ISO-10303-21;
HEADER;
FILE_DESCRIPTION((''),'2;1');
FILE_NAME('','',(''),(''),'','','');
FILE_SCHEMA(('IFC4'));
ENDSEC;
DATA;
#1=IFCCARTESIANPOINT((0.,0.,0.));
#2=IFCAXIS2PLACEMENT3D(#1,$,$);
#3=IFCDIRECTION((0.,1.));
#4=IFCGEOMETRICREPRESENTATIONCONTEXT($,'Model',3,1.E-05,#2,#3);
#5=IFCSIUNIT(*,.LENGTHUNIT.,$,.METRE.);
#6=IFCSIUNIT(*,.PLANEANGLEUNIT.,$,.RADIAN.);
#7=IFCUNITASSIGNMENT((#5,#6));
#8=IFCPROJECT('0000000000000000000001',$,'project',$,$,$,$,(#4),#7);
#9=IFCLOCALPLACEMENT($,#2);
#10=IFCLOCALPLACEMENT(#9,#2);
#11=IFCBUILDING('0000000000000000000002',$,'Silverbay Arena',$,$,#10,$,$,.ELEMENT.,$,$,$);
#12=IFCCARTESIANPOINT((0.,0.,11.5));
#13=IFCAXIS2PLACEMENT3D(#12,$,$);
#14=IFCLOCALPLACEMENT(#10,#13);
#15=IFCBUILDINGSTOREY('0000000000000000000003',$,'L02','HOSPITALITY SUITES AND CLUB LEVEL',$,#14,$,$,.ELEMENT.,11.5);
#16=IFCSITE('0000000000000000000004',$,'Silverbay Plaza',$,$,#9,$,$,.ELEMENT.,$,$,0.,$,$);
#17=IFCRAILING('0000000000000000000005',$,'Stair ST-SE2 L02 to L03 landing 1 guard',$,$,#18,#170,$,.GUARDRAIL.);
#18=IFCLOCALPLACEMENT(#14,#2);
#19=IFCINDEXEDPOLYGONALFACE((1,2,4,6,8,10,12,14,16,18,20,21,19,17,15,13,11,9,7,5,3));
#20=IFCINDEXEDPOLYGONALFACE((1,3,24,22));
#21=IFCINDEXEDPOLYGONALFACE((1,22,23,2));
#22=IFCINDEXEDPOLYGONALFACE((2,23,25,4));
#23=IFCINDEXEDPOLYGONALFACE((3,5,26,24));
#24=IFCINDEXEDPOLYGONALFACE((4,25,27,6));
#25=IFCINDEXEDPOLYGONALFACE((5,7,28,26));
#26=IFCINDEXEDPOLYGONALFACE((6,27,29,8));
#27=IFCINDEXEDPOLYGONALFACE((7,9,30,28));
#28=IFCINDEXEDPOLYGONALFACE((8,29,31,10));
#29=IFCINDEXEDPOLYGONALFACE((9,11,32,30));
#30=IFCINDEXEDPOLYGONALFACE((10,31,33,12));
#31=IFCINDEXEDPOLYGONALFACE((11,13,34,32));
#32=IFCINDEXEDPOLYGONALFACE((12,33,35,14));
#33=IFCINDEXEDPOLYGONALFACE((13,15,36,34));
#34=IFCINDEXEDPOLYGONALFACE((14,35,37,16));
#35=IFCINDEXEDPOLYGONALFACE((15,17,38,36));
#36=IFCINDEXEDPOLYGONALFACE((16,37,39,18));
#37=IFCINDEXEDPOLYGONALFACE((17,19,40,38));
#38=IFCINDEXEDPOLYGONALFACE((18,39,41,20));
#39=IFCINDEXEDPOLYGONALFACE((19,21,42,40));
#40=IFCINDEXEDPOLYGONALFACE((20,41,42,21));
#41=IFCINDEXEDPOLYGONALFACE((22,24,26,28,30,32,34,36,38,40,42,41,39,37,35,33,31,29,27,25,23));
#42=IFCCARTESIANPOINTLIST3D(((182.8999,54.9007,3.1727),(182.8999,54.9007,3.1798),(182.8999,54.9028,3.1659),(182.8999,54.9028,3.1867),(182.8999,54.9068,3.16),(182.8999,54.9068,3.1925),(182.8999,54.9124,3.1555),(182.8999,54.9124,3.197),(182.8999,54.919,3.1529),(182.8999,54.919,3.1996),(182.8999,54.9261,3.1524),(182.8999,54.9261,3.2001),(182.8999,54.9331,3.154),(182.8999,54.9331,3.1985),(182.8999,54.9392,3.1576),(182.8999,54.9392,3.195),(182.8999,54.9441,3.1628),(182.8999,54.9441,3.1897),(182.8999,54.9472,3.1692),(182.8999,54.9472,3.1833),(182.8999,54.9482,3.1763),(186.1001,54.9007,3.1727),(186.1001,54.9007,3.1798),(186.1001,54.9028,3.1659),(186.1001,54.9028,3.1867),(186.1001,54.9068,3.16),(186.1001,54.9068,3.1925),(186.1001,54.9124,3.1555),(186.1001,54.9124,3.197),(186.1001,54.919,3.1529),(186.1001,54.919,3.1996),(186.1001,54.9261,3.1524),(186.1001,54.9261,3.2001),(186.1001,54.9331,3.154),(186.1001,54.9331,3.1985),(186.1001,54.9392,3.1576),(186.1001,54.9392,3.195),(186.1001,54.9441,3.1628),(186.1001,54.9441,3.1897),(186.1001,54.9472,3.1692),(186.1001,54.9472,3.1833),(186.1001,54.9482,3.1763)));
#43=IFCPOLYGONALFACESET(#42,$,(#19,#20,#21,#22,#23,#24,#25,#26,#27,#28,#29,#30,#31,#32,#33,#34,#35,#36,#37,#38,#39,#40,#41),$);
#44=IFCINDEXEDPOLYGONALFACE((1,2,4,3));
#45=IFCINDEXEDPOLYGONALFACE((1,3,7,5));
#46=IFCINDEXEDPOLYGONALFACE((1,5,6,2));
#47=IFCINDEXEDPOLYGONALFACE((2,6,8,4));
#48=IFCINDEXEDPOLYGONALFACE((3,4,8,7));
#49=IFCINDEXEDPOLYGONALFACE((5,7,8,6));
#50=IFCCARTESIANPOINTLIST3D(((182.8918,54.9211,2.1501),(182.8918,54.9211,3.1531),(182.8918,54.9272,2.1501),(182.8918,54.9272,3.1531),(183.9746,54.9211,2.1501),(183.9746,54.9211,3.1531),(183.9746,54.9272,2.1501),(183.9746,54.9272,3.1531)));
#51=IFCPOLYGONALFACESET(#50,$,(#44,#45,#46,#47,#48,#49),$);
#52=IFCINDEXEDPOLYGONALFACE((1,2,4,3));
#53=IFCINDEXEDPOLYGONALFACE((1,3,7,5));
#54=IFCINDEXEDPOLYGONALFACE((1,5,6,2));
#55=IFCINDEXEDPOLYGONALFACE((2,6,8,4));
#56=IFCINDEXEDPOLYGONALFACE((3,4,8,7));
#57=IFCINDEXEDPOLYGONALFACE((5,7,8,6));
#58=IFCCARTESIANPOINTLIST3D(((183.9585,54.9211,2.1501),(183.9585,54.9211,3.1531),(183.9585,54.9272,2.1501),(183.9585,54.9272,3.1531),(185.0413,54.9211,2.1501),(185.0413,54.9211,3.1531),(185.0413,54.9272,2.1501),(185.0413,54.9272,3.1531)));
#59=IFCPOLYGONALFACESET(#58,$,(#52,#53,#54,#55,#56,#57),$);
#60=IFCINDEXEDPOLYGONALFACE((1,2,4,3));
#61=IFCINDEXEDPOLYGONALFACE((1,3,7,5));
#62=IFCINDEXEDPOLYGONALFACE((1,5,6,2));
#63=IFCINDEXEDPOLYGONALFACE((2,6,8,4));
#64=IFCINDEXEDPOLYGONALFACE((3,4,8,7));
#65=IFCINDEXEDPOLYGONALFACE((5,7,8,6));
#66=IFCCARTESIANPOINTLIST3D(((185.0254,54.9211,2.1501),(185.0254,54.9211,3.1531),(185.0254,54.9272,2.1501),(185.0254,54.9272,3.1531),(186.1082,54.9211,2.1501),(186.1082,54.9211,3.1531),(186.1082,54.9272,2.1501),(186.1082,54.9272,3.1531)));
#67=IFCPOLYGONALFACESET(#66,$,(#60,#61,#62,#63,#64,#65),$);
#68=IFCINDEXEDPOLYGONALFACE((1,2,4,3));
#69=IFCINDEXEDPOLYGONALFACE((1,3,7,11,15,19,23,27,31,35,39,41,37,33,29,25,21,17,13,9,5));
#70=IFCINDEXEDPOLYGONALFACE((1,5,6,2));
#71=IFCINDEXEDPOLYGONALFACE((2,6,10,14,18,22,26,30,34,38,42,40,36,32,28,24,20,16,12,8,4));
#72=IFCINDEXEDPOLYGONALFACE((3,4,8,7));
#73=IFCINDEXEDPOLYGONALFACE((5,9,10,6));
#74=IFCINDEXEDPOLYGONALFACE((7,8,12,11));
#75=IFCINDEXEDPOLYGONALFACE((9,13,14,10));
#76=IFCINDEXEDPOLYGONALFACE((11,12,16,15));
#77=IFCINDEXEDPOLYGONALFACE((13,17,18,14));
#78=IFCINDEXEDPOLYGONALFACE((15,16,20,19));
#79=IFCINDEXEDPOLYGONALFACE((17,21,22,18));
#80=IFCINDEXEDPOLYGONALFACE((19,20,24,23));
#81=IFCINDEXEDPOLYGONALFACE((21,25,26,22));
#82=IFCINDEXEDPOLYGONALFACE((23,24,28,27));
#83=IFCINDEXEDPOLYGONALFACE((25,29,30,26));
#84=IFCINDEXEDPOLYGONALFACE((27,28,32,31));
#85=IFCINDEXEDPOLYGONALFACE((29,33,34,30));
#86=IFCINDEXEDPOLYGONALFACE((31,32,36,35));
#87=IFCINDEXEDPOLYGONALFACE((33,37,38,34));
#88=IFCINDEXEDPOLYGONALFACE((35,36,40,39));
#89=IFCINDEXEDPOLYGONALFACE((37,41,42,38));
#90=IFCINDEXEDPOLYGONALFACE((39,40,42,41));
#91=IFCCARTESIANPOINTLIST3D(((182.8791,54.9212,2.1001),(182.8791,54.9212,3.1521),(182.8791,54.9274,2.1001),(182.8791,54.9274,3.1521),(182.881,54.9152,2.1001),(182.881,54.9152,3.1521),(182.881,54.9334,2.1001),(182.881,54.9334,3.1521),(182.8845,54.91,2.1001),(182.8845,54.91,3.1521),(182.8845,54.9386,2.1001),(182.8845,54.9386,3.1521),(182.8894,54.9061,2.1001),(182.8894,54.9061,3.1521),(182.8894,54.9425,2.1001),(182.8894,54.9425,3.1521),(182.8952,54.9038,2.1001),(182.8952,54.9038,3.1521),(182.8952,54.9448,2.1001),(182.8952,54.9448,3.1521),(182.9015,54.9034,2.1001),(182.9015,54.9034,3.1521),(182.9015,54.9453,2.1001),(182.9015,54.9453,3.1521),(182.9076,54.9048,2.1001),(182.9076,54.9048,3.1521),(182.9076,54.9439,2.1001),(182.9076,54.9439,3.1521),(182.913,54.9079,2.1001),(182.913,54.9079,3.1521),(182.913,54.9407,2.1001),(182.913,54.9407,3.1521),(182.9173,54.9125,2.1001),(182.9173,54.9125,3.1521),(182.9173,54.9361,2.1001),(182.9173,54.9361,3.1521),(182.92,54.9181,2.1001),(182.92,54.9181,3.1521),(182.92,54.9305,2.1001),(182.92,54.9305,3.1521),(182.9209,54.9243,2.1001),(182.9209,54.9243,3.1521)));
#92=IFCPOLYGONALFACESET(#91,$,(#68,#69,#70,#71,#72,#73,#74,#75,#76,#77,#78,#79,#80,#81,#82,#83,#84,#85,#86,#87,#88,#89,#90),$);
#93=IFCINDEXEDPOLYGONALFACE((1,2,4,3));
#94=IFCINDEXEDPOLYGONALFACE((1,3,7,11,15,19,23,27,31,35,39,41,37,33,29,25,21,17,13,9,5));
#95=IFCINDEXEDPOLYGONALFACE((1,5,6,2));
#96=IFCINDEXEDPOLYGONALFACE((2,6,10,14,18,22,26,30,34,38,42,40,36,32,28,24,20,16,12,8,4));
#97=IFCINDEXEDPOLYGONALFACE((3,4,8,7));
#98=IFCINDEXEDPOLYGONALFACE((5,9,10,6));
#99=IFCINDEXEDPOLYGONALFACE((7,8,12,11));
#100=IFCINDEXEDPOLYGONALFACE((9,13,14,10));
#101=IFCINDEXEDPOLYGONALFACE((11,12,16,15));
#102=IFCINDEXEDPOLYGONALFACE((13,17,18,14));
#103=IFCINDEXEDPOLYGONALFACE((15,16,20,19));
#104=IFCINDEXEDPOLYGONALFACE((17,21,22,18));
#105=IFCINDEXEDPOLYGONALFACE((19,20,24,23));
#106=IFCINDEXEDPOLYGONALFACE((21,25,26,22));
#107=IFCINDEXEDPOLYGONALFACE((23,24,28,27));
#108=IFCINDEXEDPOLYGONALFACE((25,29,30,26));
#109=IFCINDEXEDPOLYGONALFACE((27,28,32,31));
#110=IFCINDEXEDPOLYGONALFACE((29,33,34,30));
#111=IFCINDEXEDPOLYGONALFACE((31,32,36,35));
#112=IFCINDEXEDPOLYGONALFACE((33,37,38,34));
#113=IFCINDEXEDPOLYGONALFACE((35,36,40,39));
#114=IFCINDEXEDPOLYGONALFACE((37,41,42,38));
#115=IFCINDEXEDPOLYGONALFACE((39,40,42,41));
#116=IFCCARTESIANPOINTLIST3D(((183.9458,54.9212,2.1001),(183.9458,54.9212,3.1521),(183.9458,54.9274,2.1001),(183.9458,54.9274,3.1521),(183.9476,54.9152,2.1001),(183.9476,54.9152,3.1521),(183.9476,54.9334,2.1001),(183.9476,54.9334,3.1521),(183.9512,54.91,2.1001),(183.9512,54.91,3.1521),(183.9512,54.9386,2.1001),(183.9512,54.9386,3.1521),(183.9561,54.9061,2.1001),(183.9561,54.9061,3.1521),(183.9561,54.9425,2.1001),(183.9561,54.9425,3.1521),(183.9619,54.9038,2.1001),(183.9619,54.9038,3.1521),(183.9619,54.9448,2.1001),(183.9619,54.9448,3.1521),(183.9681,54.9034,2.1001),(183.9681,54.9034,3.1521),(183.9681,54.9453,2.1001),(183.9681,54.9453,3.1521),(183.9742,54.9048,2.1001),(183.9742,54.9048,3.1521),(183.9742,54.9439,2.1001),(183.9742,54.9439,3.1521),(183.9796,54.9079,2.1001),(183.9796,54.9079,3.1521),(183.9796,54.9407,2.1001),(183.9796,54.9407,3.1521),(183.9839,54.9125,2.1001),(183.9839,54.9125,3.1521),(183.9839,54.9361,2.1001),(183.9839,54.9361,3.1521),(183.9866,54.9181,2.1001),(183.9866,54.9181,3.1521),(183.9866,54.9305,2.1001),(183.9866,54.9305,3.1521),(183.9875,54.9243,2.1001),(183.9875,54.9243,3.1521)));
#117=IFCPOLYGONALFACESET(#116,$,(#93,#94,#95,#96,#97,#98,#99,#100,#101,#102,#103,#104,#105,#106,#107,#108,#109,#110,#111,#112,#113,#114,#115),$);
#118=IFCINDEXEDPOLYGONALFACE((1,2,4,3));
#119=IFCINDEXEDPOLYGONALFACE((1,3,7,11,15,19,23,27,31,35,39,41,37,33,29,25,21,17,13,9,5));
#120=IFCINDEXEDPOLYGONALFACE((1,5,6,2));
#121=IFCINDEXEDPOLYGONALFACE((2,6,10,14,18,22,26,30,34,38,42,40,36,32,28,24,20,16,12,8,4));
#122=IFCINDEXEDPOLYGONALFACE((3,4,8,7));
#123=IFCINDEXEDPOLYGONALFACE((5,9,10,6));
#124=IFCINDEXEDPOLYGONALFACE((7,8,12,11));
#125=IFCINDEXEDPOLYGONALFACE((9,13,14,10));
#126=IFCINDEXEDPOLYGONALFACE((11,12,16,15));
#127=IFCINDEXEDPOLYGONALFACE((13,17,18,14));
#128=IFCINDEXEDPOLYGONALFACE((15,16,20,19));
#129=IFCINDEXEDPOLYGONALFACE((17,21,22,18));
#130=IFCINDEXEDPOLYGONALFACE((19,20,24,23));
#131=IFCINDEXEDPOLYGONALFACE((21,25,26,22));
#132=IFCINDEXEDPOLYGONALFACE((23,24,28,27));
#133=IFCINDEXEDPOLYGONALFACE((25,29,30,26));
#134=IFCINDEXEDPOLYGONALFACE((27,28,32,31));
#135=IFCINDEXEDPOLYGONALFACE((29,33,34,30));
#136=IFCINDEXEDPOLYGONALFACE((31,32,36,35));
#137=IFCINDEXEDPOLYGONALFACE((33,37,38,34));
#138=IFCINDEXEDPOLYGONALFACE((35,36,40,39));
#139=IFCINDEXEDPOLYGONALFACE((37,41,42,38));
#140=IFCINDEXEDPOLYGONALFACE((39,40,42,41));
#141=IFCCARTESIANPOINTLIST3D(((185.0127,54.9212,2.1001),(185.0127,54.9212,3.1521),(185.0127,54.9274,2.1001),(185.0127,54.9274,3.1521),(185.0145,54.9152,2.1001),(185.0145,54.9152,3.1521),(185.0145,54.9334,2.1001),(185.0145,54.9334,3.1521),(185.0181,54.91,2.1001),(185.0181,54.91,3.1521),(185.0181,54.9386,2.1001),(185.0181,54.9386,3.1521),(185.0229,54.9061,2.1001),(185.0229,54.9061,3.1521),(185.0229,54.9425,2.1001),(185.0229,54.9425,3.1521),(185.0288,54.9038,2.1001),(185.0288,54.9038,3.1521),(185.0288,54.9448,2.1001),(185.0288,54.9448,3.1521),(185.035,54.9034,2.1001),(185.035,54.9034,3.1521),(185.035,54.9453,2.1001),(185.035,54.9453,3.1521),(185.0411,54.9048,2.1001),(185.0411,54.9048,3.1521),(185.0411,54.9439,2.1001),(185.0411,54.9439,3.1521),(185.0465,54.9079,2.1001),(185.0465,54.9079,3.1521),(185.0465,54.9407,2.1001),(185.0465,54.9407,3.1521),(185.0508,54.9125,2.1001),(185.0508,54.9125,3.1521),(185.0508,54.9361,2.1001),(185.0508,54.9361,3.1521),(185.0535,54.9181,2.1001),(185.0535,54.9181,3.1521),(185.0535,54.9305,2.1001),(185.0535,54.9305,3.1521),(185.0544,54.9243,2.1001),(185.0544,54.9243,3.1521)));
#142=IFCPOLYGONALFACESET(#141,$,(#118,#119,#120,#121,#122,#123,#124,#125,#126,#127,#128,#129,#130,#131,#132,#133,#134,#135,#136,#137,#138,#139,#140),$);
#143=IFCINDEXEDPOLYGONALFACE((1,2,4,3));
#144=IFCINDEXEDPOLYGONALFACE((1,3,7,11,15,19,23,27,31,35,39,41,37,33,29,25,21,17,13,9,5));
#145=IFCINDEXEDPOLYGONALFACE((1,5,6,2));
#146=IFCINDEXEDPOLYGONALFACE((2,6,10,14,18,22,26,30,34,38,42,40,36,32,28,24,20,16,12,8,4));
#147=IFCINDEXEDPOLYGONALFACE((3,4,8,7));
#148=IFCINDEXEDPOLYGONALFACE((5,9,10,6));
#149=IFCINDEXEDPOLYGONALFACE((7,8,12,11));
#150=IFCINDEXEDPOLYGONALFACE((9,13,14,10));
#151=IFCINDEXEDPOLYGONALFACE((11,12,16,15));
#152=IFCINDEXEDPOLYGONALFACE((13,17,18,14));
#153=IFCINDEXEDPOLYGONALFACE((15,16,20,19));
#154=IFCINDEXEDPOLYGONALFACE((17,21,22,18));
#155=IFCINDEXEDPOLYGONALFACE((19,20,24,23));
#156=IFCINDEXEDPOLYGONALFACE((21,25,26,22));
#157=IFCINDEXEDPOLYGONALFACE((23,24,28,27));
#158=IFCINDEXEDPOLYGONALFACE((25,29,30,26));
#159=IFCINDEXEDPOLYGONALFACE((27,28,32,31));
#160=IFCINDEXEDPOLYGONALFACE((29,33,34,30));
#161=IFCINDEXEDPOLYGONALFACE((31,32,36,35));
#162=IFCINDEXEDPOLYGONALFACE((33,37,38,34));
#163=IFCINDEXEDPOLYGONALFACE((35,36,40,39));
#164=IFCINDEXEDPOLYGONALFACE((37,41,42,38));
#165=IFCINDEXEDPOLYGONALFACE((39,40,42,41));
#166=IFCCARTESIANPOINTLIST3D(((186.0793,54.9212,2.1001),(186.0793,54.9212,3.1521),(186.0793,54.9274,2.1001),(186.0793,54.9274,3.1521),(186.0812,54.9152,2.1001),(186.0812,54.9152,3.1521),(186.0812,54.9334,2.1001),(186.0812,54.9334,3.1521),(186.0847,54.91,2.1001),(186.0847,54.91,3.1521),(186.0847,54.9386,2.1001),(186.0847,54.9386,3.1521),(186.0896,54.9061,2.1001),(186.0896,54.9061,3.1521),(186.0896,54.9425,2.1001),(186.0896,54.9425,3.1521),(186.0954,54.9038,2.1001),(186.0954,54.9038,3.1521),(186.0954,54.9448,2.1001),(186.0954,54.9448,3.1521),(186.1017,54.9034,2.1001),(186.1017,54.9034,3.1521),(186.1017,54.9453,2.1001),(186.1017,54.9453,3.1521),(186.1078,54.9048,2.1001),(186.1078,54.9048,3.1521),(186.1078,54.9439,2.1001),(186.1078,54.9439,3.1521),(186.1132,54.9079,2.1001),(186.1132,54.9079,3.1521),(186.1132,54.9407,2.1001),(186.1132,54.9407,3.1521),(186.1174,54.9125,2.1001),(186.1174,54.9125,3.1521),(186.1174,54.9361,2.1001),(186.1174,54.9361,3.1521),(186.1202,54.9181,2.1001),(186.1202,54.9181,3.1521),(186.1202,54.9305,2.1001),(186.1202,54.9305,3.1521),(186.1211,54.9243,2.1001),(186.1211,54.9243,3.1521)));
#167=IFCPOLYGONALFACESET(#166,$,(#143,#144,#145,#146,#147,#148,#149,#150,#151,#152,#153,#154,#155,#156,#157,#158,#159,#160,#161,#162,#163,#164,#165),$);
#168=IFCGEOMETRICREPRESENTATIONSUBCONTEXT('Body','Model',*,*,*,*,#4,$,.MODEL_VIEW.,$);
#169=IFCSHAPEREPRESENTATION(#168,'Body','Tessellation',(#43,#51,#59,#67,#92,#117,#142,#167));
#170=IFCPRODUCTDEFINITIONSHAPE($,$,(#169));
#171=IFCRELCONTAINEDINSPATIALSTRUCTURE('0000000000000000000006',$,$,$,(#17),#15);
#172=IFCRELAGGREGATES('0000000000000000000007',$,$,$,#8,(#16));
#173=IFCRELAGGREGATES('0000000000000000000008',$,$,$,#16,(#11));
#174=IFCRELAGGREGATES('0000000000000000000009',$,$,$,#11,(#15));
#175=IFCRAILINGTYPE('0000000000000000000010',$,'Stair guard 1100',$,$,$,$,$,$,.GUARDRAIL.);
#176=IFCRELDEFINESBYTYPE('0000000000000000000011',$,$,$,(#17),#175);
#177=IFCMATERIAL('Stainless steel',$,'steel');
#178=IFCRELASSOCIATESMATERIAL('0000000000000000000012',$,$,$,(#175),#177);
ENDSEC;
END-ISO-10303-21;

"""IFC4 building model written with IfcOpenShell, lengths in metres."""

from ifc_helpers import new_model, si_unit, direction, frame, origin, origin_2d, place, context, subcontext, project, spatial, polyline, circle, outline, extrude, material, type_object, element, save


model = new_model("IFC4")

# Units and contexts
model_context = context("Model", 3, precision=1e-05, world=origin(), true_north=direction((0.0, 1.0)))
body_context = subcontext(model_context, "Body", "Model", "MODEL_VIEW")
ifc_project = project(units=[si_unit("LENGTHUNIT", "METRE"), si_unit("PLANEANGLEUNIT", "RADIAN")], contexts=[model_context])

# Site, building, storey
site_placement = place(None, origin())
site = spatial("IfcSite", under=ifc_project, at=site_placement, Name="Silverbay Plaza", CompositionType="ELEMENT", RefElevation=0.0)
building_placement = place(site_placement, origin())
building = spatial("IfcBuilding", under=site, at=building_placement, Name="Silverbay Arena", CompositionType="ELEMENT")
storey_placement = place(building_placement, frame((0.0, 0.0, 11.5)))
storey = spatial("IfcBuildingStorey", under=building, at=storey_placement, Name="L02", Description="HOSPITALITY SUITES AND CLUB LEVEL", CompositionType="ELEMENT", Elevation=11.5)

# Railing
ifc_material_1 = material(Name="Stainless steel", Category="steel")
railing_type_1 = type_object("IfcRailingType", Name="Stair guard 1100", PredefinedType="GUARDRAIL", material=ifc_material_1)
for number, where, name in (
    (1, (182.8999, 54.9243, 2.1001), "Stair ST-SE2 L02 to L03 landing 1 guard"),
):
    element("IfcRailing", number, at=place(storey_placement, frame(where)), inside=storey, type_object=railing_type_1, Name=name, PredefinedType="GUARDRAIL", context=body_context, shape_type="SweptSolid", body=[
        extrude(circle(Radius=0.0239, at=origin_2d()), frame((0.0, 0.0, 1.0762), z_axis=(1.0, 0.0, 0.0), x_axis=(0.0, 1.0, 0.0)), (0.0, 0.0, 1.0), 3.2002),
        extrude(outline(polyline([(-0.0081, 0.05), (1.0747, 0.05), (1.0747, 1.053), (-0.0081, 1.053), (-0.0081, 0.05)])), frame((0.0, 0.0029, 0.0), z_axis=(0.0, -1.0, 0.0), x_axis=(1.0, 0.0, 0.0)), (0.0, 0.0, 1.0), 0.0061),
        extrude(outline(polyline([(-0.0081, 0.05), (1.0747, 0.05), (1.0747, 1.053), (-0.0081, 1.053), (-0.0081, 0.05)])), frame((1.0667, 0.0029, 0.0), z_axis=(0.0, -1.0, 0.0), x_axis=(1.0, 0.0, 0.0)), (0.0, 0.0, 1.0), 0.0061),
        extrude(outline(polyline([(-0.0081, 0.05), (1.0747, 0.05), (1.0747, 1.053), (-0.0081, 1.053), (-0.0081, 0.05)])), frame((2.1335, 0.0029, 0.0), z_axis=(0.0, -1.0, 0.0), x_axis=(1.0, 0.0, 0.0)), (0.0, 0.0, 1.0), 0.0061),
        extrude(circle(Radius=0.021, at=origin_2d()), origin(), (0.0, 0.0, 1.0), 1.052),
        extrude(circle(Radius=0.021, at=origin_2d()), frame((1.0667, 0.0, 0.0)), (0.0, 0.0, 1.0), 1.052),
        extrude(circle(Radius=0.021, at=origin_2d()), frame((2.1335, 0.0, 0.0)), (0.0, 0.0, 1.0), 1.052),
        extrude(circle(Radius=0.021, at=origin_2d()), frame((3.2002, 0.0, 0.0)), (0.0, 0.0, 1.0), 1.052),
    ])

save(model, "model.ifc")
